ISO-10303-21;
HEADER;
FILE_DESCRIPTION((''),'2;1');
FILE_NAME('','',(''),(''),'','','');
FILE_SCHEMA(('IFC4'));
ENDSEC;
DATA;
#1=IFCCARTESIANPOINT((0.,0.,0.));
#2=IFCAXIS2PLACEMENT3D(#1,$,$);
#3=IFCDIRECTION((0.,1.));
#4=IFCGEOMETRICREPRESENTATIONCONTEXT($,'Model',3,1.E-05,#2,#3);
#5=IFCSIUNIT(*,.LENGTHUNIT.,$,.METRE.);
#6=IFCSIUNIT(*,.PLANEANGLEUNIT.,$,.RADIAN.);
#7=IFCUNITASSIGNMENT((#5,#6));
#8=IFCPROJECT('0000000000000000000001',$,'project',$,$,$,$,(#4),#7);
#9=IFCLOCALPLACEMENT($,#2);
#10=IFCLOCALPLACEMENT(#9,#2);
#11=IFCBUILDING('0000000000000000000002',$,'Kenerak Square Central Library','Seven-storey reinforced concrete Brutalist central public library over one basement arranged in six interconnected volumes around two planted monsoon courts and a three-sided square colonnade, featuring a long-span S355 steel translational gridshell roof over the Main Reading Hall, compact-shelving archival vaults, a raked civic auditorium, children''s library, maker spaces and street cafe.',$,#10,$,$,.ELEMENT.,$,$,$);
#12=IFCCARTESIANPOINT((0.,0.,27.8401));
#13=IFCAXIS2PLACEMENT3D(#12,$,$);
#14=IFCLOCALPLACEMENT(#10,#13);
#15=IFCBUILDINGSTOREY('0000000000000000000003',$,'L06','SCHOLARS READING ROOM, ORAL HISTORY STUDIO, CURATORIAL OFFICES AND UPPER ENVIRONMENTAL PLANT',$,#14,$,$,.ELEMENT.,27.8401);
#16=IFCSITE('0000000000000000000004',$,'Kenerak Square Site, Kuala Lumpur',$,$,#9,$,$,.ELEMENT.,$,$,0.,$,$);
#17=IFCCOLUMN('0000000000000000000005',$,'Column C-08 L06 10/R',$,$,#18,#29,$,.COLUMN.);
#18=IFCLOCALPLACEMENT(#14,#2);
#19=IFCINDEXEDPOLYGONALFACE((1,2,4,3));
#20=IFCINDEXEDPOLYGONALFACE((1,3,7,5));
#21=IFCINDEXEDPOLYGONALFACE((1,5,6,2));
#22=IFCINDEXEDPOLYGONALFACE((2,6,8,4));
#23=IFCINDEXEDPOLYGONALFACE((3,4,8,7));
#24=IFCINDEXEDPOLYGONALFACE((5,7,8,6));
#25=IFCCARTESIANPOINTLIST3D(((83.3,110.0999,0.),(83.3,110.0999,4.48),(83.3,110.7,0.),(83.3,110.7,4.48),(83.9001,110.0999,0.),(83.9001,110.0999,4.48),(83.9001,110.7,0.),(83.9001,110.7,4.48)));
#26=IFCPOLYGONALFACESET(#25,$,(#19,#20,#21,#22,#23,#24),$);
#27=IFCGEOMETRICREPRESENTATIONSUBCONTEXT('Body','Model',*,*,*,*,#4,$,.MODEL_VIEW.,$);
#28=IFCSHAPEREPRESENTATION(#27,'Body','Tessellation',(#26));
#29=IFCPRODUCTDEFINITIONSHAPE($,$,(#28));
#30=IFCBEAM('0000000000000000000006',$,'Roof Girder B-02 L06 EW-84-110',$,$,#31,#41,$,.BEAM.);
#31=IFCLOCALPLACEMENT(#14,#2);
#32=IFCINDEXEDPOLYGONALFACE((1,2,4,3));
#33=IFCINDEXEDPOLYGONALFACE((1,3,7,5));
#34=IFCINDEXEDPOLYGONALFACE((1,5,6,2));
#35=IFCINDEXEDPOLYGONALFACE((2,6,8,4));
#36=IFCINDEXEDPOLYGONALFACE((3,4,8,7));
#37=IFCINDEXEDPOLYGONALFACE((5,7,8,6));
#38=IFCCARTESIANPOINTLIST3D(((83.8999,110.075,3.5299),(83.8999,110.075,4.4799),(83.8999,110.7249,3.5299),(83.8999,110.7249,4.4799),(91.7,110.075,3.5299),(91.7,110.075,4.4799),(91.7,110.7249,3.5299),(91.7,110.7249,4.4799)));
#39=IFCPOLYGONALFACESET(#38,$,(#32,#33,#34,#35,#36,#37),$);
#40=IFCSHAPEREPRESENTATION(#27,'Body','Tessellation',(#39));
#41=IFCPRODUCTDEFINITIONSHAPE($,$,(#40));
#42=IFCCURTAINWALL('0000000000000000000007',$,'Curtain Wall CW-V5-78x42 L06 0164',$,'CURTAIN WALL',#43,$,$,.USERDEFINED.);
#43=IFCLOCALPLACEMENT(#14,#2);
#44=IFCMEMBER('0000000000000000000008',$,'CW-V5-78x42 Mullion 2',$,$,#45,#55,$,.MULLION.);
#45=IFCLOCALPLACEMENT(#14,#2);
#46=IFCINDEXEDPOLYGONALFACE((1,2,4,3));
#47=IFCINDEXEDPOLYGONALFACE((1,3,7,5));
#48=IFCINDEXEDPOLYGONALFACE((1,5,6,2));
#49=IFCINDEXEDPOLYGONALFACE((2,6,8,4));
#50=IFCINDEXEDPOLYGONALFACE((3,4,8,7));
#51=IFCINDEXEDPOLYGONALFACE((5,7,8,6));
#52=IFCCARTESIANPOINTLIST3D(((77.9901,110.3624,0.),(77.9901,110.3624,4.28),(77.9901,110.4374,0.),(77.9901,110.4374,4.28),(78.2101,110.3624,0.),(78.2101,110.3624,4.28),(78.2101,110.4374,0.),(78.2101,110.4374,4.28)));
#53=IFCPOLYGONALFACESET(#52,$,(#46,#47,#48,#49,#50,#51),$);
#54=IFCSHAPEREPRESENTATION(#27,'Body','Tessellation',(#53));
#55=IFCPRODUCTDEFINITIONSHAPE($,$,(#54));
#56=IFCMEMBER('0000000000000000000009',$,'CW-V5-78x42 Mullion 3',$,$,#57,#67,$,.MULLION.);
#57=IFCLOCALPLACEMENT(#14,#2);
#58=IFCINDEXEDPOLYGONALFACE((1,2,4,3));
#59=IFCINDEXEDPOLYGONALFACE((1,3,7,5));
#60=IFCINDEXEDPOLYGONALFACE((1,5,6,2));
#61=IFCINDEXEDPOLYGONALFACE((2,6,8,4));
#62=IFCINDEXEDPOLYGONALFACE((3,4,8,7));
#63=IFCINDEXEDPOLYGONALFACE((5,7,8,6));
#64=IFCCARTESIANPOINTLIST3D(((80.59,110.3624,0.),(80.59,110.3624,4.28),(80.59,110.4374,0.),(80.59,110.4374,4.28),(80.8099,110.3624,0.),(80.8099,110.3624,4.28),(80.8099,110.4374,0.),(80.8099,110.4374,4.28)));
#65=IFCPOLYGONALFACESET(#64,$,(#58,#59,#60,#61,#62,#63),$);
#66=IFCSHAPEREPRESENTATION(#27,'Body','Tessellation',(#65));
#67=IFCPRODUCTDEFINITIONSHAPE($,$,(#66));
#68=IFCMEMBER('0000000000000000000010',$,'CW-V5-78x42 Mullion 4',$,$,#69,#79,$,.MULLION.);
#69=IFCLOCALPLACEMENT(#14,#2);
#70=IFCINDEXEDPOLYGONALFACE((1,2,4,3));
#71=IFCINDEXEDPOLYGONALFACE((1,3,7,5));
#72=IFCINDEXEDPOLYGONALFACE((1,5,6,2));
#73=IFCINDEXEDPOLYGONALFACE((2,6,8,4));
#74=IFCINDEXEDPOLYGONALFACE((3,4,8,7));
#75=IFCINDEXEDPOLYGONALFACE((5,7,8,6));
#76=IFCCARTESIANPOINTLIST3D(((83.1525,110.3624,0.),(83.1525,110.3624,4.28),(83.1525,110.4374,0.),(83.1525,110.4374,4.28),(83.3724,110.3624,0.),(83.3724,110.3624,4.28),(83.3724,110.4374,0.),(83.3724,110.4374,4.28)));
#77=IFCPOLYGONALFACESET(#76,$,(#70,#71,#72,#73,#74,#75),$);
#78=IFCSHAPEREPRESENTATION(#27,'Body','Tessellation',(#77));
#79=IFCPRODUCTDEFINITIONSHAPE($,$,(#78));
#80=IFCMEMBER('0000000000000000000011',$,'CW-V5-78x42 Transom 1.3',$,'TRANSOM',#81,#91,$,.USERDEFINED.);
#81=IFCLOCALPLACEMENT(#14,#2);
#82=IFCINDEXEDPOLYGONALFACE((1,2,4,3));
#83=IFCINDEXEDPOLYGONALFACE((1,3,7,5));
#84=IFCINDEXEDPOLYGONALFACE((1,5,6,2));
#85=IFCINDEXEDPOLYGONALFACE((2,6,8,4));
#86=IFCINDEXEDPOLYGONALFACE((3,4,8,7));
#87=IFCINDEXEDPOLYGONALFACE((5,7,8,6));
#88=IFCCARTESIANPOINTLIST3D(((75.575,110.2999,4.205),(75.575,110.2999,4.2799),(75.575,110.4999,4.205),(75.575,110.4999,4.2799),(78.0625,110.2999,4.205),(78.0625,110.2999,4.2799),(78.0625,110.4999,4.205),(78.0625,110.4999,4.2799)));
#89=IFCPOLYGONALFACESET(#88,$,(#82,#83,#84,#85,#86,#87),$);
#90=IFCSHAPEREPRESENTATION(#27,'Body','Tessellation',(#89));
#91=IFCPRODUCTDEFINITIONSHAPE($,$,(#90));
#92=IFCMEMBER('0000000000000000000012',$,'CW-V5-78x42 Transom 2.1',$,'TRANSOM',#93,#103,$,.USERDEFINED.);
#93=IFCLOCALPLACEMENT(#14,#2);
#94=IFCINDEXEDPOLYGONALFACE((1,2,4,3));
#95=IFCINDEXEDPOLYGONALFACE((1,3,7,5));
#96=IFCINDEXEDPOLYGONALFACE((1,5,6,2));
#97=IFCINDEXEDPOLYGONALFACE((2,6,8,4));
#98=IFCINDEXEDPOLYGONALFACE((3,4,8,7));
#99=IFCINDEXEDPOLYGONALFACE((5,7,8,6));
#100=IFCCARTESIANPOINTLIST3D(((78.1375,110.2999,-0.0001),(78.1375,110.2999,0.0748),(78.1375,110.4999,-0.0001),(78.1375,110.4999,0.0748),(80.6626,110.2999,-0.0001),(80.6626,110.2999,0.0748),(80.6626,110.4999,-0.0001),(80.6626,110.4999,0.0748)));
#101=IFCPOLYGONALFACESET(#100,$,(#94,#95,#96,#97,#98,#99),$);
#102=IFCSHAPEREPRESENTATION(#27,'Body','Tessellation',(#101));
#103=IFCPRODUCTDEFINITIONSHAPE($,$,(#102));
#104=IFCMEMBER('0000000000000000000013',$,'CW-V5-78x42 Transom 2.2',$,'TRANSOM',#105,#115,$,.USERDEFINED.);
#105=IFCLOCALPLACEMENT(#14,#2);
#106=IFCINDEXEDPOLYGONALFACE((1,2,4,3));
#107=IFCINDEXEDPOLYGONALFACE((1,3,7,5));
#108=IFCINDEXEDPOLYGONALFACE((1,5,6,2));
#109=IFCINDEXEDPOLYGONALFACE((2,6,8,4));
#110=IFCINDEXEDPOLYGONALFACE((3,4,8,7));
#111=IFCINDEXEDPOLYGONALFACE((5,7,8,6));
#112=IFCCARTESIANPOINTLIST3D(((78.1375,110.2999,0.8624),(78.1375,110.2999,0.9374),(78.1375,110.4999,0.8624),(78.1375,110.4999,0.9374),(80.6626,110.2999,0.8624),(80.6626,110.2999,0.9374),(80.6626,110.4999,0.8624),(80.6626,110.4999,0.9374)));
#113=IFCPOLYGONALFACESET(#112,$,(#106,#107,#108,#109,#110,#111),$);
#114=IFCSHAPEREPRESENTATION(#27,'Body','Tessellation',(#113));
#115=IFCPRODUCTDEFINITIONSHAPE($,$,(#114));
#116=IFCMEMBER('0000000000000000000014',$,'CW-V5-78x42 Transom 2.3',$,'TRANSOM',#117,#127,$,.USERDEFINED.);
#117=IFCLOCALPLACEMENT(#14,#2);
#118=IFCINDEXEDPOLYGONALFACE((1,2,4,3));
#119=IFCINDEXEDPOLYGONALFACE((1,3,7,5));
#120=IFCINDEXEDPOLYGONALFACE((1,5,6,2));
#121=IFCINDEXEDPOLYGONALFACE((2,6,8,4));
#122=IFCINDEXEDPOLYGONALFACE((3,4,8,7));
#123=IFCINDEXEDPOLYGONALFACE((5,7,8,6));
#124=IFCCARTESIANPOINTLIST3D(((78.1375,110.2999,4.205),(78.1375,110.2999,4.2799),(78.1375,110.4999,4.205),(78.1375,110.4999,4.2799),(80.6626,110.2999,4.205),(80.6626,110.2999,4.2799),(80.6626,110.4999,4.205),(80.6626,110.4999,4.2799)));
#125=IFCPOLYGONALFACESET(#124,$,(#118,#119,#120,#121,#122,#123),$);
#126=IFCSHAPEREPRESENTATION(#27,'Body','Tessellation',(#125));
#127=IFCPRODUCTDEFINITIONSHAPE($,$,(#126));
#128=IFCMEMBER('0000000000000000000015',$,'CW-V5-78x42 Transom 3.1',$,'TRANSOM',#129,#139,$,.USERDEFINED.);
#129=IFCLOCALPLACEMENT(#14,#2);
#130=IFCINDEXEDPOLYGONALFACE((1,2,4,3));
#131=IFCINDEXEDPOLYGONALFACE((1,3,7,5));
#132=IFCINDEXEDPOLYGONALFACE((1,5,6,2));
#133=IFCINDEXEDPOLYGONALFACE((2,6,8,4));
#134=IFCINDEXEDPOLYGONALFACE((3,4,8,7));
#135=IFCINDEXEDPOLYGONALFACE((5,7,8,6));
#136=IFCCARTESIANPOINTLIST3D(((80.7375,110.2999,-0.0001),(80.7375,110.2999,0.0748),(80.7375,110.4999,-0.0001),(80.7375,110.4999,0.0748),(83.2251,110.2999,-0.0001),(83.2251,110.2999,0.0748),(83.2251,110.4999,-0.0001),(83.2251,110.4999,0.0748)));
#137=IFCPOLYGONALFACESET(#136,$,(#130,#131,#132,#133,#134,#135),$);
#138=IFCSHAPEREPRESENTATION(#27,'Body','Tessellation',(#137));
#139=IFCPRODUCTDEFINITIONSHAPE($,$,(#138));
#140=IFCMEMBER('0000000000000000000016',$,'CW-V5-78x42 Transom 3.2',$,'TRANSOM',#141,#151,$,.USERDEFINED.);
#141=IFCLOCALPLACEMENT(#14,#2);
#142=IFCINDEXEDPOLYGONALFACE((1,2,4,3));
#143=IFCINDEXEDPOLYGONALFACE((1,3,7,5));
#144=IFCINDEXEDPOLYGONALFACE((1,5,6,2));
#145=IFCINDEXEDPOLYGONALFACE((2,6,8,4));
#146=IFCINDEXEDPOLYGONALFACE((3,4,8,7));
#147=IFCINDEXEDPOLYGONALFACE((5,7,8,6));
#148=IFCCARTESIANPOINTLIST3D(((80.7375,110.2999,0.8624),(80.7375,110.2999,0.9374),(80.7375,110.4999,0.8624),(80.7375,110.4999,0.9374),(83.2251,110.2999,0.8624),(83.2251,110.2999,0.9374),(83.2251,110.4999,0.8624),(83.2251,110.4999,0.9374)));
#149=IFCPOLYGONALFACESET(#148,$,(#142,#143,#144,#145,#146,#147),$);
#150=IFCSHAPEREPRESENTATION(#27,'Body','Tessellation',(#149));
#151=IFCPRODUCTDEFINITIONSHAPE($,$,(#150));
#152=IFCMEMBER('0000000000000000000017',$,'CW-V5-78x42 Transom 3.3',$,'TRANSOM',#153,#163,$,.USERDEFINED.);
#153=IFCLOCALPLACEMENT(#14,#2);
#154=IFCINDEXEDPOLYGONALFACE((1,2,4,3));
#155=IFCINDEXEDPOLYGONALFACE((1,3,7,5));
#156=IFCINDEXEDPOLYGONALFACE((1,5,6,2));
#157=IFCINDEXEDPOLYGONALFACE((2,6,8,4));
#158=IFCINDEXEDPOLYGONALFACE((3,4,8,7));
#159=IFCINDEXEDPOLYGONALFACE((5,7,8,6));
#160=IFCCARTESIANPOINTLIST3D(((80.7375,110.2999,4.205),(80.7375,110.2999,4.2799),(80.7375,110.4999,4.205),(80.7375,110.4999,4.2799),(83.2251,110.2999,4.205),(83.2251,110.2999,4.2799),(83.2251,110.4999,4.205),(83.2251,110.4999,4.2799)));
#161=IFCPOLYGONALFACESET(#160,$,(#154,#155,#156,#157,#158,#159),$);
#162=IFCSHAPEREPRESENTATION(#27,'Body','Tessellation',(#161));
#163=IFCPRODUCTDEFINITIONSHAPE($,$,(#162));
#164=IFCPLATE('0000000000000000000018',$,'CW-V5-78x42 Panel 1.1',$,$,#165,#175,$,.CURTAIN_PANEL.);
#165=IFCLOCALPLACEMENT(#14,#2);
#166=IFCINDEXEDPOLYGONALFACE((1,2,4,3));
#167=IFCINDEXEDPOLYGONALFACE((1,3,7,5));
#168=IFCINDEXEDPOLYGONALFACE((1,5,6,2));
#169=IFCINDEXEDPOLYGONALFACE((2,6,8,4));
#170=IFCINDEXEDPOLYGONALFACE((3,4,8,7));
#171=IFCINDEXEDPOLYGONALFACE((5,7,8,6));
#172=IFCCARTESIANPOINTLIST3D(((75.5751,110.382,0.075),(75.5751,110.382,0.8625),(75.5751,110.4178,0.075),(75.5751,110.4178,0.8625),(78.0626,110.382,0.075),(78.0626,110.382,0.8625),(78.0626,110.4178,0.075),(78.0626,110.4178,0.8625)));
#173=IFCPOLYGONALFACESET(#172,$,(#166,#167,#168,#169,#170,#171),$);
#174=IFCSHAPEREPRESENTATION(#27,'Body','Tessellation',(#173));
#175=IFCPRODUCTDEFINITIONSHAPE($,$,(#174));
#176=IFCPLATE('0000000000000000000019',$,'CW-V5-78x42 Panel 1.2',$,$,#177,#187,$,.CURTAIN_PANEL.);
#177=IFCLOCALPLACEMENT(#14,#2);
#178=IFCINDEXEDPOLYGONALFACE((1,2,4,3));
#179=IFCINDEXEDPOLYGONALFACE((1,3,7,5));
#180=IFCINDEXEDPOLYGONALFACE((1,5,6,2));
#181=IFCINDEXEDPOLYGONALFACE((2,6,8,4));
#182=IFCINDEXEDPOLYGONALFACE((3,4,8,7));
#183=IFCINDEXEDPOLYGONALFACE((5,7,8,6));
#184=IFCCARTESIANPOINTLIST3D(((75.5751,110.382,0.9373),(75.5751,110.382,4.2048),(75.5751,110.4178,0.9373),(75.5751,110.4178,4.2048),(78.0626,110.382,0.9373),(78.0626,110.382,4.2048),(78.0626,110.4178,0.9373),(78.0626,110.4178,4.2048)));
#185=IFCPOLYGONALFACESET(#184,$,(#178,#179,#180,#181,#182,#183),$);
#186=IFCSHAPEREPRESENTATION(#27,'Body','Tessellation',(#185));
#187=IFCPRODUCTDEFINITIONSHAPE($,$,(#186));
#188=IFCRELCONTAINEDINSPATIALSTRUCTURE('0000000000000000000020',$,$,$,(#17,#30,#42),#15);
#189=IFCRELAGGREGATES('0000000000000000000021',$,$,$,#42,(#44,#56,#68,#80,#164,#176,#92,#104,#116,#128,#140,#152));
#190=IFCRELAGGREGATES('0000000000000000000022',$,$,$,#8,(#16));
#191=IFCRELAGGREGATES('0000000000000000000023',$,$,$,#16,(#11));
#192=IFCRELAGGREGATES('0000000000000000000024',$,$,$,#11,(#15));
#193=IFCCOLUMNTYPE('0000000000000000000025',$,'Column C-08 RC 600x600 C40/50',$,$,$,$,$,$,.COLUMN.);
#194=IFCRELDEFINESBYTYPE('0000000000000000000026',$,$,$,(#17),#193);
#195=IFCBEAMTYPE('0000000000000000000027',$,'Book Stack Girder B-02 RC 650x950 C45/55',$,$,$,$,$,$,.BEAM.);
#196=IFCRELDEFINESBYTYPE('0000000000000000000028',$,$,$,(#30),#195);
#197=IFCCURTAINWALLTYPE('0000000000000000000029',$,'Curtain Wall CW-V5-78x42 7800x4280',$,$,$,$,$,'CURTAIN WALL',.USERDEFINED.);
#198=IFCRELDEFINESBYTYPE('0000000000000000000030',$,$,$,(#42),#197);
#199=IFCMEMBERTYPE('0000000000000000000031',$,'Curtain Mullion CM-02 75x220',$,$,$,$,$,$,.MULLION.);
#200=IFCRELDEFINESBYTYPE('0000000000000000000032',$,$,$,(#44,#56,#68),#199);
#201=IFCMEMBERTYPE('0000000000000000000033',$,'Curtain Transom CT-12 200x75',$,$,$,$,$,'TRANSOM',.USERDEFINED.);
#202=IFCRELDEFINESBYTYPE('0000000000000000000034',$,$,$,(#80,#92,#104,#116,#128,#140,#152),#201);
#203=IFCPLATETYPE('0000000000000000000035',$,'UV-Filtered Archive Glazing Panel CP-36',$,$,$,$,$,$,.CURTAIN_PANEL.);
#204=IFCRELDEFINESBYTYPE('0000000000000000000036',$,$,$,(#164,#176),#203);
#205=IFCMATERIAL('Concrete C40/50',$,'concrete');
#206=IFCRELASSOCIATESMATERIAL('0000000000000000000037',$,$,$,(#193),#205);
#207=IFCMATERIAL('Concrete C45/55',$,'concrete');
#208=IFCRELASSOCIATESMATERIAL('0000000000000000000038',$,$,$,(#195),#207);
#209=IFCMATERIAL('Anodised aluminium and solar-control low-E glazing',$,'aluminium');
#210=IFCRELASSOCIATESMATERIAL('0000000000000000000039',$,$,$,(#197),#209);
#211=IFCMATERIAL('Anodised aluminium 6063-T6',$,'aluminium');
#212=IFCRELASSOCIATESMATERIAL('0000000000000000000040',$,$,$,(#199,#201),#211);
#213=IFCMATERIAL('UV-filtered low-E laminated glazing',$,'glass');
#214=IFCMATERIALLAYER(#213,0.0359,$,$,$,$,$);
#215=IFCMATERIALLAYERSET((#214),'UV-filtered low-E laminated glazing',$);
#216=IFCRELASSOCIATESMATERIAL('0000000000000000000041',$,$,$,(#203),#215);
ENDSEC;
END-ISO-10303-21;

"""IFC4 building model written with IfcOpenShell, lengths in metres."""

from ifc_helpers import new_model, si_unit, direction, frame, origin, origin_2d, place, context, subcontext, project, spatial, rectangle, extrude, material, layer, layer_set, material_profile, profile_set, type_object, element, aggregate, save


model = new_model("IFC4")

# Units and contexts
model_context = context("Model", 3, precision=1e-05, world=origin(), true_north=direction((0.0, 1.0)))
body_context = subcontext(model_context, "Body", "Model", "MODEL_VIEW")
ifc_project = project(units=[si_unit("LENGTHUNIT", "METRE"), si_unit("PLANEANGLEUNIT", "RADIAN")], contexts=[model_context])

# Site, building, storey
site_placement = place(None, origin())
site = spatial("IfcSite", under=ifc_project, at=site_placement, Name="Kenerak Square Site, Kuala Lumpur", CompositionType="ELEMENT", RefElevation=0.0)
building_placement = place(site_placement, origin())
building = spatial("IfcBuilding", under=site, at=building_placement, Name="Kenerak Square Central Library", Description="Seven-storey reinforced concrete Brutalist central public library over one basement arranged in six interconnected volumes around two planted monsoon courts and a three-sided square colonnade, featuring a long-span S355 steel translational gridshell roof over the Main Reading Hall, compact-shelving archival vaults, a raked civic auditorium, children's library, maker spaces and street cafe.", CompositionType="ELEMENT")
storey_placement = place(building_placement, frame((0.0, 0.0, 27.8401)))
storey = spatial("IfcBuildingStorey", under=building, at=storey_placement, Name="L06", Description="SCHOLARS READING ROOM, ORAL HISTORY STUDIO, CURATORIAL OFFICES AND UPPER ENVIRONMENTAL PLANT", CompositionType="ELEMENT", Elevation=27.8401)

# Column
ifc_material_1 = material(Name="Concrete C40/50", Category="concrete")
ifc_material_profile_1 = material_profile(ifc_material_1, rectangle(XDim=0.6001, YDim=0.6001, at=origin_2d()), Name="RC 600x600")
ifc_profile_set_1 = profile_set([ifc_material_profile_1], Name="Concrete C40/50")
column_type = type_object("IfcColumnType", Name="Column C-08 RC 600x600 C40/50", PredefinedType="COLUMN", material=ifc_profile_set_1)
column_placement = place(storey_placement, frame((83.6001, 110.3999, 0.0), z_axis=(0.0, 0.0, 1.0), x_axis=(1.0, 0.0, 0.0)))
element("IfcColumn", 1, at=column_placement, inside=storey, type_object=column_type, Name="Column C-08 L06 10/R", PredefinedType="COLUMN", context=body_context, shape_type="SweptSolid", body=[
    extrude(rectangle(XDim=0.6001, YDim=0.6001, at=origin_2d()), origin(), (0.0, 0.0, 1.0), 4.48),
])

# Beam
ifc_material_2 = material(Name="Concrete C45/55", Category="concrete")
ifc_material_profile_2 = material_profile(ifc_material_2, rectangle(XDim=0.6499, YDim=0.95, at=origin_2d()), Name="RC 650x950")
ifc_profile_set_2 = profile_set([ifc_material_profile_2], Name="Concrete C45/55")
beam_type = type_object("IfcBeamType", Name="Book Stack Girder B-02 RC 650x950 C45/55", PredefinedType="BEAM", material=ifc_profile_set_2)
beam_placement = place(storey_placement, frame((83.8999, 110.3999, 4.0049), z_axis=(1.0, 0.0, 0.0), x_axis=(0.0, 1.0, 0.0)))
element("IfcBeam", 2, at=beam_placement, inside=storey, type_object=beam_type, Name="Roof Girder B-02 L06 EW-84-110", PredefinedType="BEAM", context=body_context, shape_type="SweptSolid", body=[
    extrude(rectangle(XDim=0.6499, YDim=0.95, at=origin_2d()), origin(), (0.0, 0.0, 1.0), 7.8),
])

# Curtain wall, members, plates
ifc_material_3 = material(Name="Anodised aluminium and solar-control low-E glazing", Category="aluminium")
curtain_wall_type = type_object("IfcCurtainWallType", Name="Curtain Wall CW-V5-78x42 7800x4280", ElementType="CURTAIN WALL", PredefinedType="USERDEFINED", material=ifc_material_3)
curtain_wall_placement = place(storey_placement, origin())
curtain_wall = element("IfcCurtainWall", 3, at=curtain_wall_placement, inside=storey, type_object=curtain_wall_type, Name="Curtain Wall CW-V5-78x42 L06 0164", ObjectType="CURTAIN WALL", PredefinedType="USERDEFINED")
ifc_material_4 = material(Name="Anodised aluminium 6063-T6", Category="aluminium")
ifc_material_profile_3 = material_profile(ifc_material_4, rectangle(XDim=0.075, YDim=0.22, at=origin_2d()), Name="AL MULLION 75x220")
ifc_profile_set_3 = profile_set([ifc_material_profile_3], Name="Anodised aluminium 6063-T6")
member_type_1 = type_object("IfcMemberType", Name="Curtain Mullion CM-02 75x220", PredefinedType="MULLION", material=ifc_profile_set_3)
member_1_placement = place(storey_placement, frame((78.1001, 110.3999, 0.0), z_axis=(0.0, 0.0, 1.0), x_axis=(0.0, 1.0, 0.0)))
member_1 = element("IfcMember", 4, at=member_1_placement, type_object=member_type_1, Name="CW-V5-78x42 Mullion 2", PredefinedType="MULLION", context=body_context, shape_type="SweptSolid", body=[
    extrude(rectangle(XDim=0.075, YDim=0.22, at=origin_2d()), origin(), (0.0, 0.0, 1.0), 4.28),
])
member_2_placement = place(storey_placement, frame((80.7, 110.3999, 0.0), z_axis=(0.0, 0.0, 1.0), x_axis=(0.0, 1.0, 0.0)))
member_2 = element("IfcMember", 5, at=member_2_placement, type_object=member_type_1, Name="CW-V5-78x42 Mullion 3", PredefinedType="MULLION", context=body_context, shape_type="SweptSolid", body=[
    extrude(rectangle(XDim=0.075, YDim=0.22, at=origin_2d()), origin(), (0.0, 0.0, 1.0), 4.28),
])
member_3_placement = place(storey_placement, frame((83.2625, 110.3999, 0.0), z_axis=(0.0, 0.0, 1.0), x_axis=(0.0, 1.0, 0.0)))
member_3 = element("IfcMember", 6, at=member_3_placement, type_object=member_type_1, Name="CW-V5-78x42 Mullion 4", PredefinedType="MULLION", context=body_context, shape_type="SweptSolid", body=[
    extrude(rectangle(XDim=0.075, YDim=0.22, at=origin_2d()), origin(), (0.0, 0.0, 1.0), 4.28),
])
ifc_material_profile_4 = material_profile(ifc_material_4, rectangle(XDim=0.2, YDim=0.075, at=origin_2d()), Name="AL TRANSOM 200x75")
ifc_profile_set_4 = profile_set([ifc_material_profile_4], Name="Anodised aluminium 6063-T6")
member_type_2 = type_object("IfcMemberType", Name="Curtain Transom CT-12 200x75", ElementType="TRANSOM", PredefinedType="USERDEFINED", material=ifc_profile_set_4)
member_4_placement = place(storey_placement, frame((75.575, 110.3999, 4.2424), z_axis=(1.0, 0.0, 0.0), x_axis=(0.0, 1.0, 0.0)))
member_4 = element("IfcMember", 7, at=member_4_placement, type_object=member_type_2, Name="CW-V5-78x42 Transom 1.3", ObjectType="TRANSOM", PredefinedType="USERDEFINED", context=body_context, shape_type="SweptSolid", body=[
    extrude(rectangle(XDim=0.2, YDim=0.075, at=origin_2d()), origin(), (0.0, 0.0, 1.0), 2.4875),
])
member_5_placement = place(storey_placement, frame((78.1375, 110.3999, 0.0374), z_axis=(1.0, 0.0, 0.0), x_axis=(0.0, 1.0, 0.0)))
member_5 = element("IfcMember", 8, at=member_5_placement, type_object=member_type_2, Name="CW-V5-78x42 Transom 2.1", ObjectType="TRANSOM", PredefinedType="USERDEFINED", context=body_context, shape_type="SweptSolid", body=[
    extrude(rectangle(XDim=0.2, YDim=0.075, at=origin_2d()), origin(), (0.0, 0.0, 1.0), 2.5251),
])
member_6_placement = place(storey_placement, frame((78.1375, 110.3999, 0.8999), z_axis=(1.0, 0.0, 0.0), x_axis=(0.0, 1.0, 0.0)))
member_6 = element("IfcMember", 9, at=member_6_placement, type_object=member_type_2, Name="CW-V5-78x42 Transom 2.2", ObjectType="TRANSOM", PredefinedType="USERDEFINED", context=body_context, shape_type="SweptSolid", body=[
    extrude(rectangle(XDim=0.2, YDim=0.075, at=origin_2d()), origin(), (0.0, 0.0, 1.0), 2.5251),
])
member_7_placement = place(storey_placement, frame((78.1375, 110.3999, 4.2424), z_axis=(1.0, 0.0, 0.0), x_axis=(0.0, 1.0, 0.0)))
member_7 = element("IfcMember", 10, at=member_7_placement, type_object=member_type_2, Name="CW-V5-78x42 Transom 2.3", ObjectType="TRANSOM", PredefinedType="USERDEFINED", context=body_context, shape_type="SweptSolid", body=[
    extrude(rectangle(XDim=0.2, YDim=0.075, at=origin_2d()), origin(), (0.0, 0.0, 1.0), 2.5251),
])
member_8_placement = place(storey_placement, frame((80.7375, 110.3999, 0.0374), z_axis=(1.0, 0.0, 0.0), x_axis=(0.0, 1.0, 0.0)))
member_8 = element("IfcMember", 11, at=member_8_placement, type_object=member_type_2, Name="CW-V5-78x42 Transom 3.1", ObjectType="TRANSOM", PredefinedType="USERDEFINED", context=body_context, shape_type="SweptSolid", body=[
    extrude(rectangle(XDim=0.2, YDim=0.075, at=origin_2d()), origin(), (0.0, 0.0, 1.0), 2.4875),
])
member_9_placement = place(storey_placement, frame((80.7375, 110.3999, 0.8999), z_axis=(1.0, 0.0, 0.0), x_axis=(0.0, 1.0, 0.0)))
member_9 = element("IfcMember", 12, at=member_9_placement, type_object=member_type_2, Name="CW-V5-78x42 Transom 3.2", ObjectType="TRANSOM", PredefinedType="USERDEFINED", context=body_context, shape_type="SweptSolid", body=[
    extrude(rectangle(XDim=0.2, YDim=0.075, at=origin_2d()), origin(), (0.0, 0.0, 1.0), 2.4875),
])
member_10_placement = place(storey_placement, frame((80.7375, 110.3999, 4.2424), z_axis=(1.0, 0.0, 0.0), x_axis=(0.0, 1.0, 0.0)))
member_10 = element("IfcMember", 13, at=member_10_placement, type_object=member_type_2, Name="CW-V5-78x42 Transom 3.3", ObjectType="TRANSOM", PredefinedType="USERDEFINED", context=body_context, shape_type="SweptSolid", body=[
    extrude(rectangle(XDim=0.2, YDim=0.075, at=origin_2d()), origin(), (0.0, 0.0, 1.0), 2.4875),
])
ifc_material_5 = material(Name="UV-filtered low-E laminated glazing", Category="glass")
ifc_layer = layer(ifc_material_5, 0.0359)
ifc_layer_set = layer_set([ifc_layer], Name="UV-filtered low-E laminated glazing")
plate_type = type_object("IfcPlateType", Name="UV-Filtered Archive Glazing Panel CP-36", PredefinedType="CURTAIN_PANEL", material=ifc_layer_set)
plate_1_placement = place(storey_placement, frame((76.8188, 110.3999, 0.075), z_axis=(0.0, 0.0, 1.0), x_axis=(1.0, 0.0, 0.0)))
plate_1 = element("IfcPlate", 14, at=plate_1_placement, type_object=plate_type, Name="CW-V5-78x42 Panel 1.1", PredefinedType="CURTAIN_PANEL", context=body_context, shape_type="SweptSolid", body=[
    extrude(rectangle(XDim=2.4875, YDim=0.0359, at=origin_2d()), origin(), (0.0, 0.0, 1.0), 0.7876),
])
plate_2_placement = place(storey_placement, frame((76.8188, 110.3999, 0.9373), z_axis=(0.0, 0.0, 1.0), x_axis=(1.0, 0.0, 0.0)))
plate_2 = element("IfcPlate", 15, at=plate_2_placement, type_object=plate_type, Name="CW-V5-78x42 Panel 1.2", PredefinedType="CURTAIN_PANEL", context=body_context, shape_type="SweptSolid", body=[
    extrude(rectangle(XDim=2.4875, YDim=0.0359, at=origin_2d()), origin(), (0.0, 0.0, 1.0), 3.2676),
])
aggregate(curtain_wall, [member_1, member_2, member_3, member_4, plate_1, plate_2, member_5, member_6, member_7, member_8, member_9, member_10])

save(model, "model.ifc")
